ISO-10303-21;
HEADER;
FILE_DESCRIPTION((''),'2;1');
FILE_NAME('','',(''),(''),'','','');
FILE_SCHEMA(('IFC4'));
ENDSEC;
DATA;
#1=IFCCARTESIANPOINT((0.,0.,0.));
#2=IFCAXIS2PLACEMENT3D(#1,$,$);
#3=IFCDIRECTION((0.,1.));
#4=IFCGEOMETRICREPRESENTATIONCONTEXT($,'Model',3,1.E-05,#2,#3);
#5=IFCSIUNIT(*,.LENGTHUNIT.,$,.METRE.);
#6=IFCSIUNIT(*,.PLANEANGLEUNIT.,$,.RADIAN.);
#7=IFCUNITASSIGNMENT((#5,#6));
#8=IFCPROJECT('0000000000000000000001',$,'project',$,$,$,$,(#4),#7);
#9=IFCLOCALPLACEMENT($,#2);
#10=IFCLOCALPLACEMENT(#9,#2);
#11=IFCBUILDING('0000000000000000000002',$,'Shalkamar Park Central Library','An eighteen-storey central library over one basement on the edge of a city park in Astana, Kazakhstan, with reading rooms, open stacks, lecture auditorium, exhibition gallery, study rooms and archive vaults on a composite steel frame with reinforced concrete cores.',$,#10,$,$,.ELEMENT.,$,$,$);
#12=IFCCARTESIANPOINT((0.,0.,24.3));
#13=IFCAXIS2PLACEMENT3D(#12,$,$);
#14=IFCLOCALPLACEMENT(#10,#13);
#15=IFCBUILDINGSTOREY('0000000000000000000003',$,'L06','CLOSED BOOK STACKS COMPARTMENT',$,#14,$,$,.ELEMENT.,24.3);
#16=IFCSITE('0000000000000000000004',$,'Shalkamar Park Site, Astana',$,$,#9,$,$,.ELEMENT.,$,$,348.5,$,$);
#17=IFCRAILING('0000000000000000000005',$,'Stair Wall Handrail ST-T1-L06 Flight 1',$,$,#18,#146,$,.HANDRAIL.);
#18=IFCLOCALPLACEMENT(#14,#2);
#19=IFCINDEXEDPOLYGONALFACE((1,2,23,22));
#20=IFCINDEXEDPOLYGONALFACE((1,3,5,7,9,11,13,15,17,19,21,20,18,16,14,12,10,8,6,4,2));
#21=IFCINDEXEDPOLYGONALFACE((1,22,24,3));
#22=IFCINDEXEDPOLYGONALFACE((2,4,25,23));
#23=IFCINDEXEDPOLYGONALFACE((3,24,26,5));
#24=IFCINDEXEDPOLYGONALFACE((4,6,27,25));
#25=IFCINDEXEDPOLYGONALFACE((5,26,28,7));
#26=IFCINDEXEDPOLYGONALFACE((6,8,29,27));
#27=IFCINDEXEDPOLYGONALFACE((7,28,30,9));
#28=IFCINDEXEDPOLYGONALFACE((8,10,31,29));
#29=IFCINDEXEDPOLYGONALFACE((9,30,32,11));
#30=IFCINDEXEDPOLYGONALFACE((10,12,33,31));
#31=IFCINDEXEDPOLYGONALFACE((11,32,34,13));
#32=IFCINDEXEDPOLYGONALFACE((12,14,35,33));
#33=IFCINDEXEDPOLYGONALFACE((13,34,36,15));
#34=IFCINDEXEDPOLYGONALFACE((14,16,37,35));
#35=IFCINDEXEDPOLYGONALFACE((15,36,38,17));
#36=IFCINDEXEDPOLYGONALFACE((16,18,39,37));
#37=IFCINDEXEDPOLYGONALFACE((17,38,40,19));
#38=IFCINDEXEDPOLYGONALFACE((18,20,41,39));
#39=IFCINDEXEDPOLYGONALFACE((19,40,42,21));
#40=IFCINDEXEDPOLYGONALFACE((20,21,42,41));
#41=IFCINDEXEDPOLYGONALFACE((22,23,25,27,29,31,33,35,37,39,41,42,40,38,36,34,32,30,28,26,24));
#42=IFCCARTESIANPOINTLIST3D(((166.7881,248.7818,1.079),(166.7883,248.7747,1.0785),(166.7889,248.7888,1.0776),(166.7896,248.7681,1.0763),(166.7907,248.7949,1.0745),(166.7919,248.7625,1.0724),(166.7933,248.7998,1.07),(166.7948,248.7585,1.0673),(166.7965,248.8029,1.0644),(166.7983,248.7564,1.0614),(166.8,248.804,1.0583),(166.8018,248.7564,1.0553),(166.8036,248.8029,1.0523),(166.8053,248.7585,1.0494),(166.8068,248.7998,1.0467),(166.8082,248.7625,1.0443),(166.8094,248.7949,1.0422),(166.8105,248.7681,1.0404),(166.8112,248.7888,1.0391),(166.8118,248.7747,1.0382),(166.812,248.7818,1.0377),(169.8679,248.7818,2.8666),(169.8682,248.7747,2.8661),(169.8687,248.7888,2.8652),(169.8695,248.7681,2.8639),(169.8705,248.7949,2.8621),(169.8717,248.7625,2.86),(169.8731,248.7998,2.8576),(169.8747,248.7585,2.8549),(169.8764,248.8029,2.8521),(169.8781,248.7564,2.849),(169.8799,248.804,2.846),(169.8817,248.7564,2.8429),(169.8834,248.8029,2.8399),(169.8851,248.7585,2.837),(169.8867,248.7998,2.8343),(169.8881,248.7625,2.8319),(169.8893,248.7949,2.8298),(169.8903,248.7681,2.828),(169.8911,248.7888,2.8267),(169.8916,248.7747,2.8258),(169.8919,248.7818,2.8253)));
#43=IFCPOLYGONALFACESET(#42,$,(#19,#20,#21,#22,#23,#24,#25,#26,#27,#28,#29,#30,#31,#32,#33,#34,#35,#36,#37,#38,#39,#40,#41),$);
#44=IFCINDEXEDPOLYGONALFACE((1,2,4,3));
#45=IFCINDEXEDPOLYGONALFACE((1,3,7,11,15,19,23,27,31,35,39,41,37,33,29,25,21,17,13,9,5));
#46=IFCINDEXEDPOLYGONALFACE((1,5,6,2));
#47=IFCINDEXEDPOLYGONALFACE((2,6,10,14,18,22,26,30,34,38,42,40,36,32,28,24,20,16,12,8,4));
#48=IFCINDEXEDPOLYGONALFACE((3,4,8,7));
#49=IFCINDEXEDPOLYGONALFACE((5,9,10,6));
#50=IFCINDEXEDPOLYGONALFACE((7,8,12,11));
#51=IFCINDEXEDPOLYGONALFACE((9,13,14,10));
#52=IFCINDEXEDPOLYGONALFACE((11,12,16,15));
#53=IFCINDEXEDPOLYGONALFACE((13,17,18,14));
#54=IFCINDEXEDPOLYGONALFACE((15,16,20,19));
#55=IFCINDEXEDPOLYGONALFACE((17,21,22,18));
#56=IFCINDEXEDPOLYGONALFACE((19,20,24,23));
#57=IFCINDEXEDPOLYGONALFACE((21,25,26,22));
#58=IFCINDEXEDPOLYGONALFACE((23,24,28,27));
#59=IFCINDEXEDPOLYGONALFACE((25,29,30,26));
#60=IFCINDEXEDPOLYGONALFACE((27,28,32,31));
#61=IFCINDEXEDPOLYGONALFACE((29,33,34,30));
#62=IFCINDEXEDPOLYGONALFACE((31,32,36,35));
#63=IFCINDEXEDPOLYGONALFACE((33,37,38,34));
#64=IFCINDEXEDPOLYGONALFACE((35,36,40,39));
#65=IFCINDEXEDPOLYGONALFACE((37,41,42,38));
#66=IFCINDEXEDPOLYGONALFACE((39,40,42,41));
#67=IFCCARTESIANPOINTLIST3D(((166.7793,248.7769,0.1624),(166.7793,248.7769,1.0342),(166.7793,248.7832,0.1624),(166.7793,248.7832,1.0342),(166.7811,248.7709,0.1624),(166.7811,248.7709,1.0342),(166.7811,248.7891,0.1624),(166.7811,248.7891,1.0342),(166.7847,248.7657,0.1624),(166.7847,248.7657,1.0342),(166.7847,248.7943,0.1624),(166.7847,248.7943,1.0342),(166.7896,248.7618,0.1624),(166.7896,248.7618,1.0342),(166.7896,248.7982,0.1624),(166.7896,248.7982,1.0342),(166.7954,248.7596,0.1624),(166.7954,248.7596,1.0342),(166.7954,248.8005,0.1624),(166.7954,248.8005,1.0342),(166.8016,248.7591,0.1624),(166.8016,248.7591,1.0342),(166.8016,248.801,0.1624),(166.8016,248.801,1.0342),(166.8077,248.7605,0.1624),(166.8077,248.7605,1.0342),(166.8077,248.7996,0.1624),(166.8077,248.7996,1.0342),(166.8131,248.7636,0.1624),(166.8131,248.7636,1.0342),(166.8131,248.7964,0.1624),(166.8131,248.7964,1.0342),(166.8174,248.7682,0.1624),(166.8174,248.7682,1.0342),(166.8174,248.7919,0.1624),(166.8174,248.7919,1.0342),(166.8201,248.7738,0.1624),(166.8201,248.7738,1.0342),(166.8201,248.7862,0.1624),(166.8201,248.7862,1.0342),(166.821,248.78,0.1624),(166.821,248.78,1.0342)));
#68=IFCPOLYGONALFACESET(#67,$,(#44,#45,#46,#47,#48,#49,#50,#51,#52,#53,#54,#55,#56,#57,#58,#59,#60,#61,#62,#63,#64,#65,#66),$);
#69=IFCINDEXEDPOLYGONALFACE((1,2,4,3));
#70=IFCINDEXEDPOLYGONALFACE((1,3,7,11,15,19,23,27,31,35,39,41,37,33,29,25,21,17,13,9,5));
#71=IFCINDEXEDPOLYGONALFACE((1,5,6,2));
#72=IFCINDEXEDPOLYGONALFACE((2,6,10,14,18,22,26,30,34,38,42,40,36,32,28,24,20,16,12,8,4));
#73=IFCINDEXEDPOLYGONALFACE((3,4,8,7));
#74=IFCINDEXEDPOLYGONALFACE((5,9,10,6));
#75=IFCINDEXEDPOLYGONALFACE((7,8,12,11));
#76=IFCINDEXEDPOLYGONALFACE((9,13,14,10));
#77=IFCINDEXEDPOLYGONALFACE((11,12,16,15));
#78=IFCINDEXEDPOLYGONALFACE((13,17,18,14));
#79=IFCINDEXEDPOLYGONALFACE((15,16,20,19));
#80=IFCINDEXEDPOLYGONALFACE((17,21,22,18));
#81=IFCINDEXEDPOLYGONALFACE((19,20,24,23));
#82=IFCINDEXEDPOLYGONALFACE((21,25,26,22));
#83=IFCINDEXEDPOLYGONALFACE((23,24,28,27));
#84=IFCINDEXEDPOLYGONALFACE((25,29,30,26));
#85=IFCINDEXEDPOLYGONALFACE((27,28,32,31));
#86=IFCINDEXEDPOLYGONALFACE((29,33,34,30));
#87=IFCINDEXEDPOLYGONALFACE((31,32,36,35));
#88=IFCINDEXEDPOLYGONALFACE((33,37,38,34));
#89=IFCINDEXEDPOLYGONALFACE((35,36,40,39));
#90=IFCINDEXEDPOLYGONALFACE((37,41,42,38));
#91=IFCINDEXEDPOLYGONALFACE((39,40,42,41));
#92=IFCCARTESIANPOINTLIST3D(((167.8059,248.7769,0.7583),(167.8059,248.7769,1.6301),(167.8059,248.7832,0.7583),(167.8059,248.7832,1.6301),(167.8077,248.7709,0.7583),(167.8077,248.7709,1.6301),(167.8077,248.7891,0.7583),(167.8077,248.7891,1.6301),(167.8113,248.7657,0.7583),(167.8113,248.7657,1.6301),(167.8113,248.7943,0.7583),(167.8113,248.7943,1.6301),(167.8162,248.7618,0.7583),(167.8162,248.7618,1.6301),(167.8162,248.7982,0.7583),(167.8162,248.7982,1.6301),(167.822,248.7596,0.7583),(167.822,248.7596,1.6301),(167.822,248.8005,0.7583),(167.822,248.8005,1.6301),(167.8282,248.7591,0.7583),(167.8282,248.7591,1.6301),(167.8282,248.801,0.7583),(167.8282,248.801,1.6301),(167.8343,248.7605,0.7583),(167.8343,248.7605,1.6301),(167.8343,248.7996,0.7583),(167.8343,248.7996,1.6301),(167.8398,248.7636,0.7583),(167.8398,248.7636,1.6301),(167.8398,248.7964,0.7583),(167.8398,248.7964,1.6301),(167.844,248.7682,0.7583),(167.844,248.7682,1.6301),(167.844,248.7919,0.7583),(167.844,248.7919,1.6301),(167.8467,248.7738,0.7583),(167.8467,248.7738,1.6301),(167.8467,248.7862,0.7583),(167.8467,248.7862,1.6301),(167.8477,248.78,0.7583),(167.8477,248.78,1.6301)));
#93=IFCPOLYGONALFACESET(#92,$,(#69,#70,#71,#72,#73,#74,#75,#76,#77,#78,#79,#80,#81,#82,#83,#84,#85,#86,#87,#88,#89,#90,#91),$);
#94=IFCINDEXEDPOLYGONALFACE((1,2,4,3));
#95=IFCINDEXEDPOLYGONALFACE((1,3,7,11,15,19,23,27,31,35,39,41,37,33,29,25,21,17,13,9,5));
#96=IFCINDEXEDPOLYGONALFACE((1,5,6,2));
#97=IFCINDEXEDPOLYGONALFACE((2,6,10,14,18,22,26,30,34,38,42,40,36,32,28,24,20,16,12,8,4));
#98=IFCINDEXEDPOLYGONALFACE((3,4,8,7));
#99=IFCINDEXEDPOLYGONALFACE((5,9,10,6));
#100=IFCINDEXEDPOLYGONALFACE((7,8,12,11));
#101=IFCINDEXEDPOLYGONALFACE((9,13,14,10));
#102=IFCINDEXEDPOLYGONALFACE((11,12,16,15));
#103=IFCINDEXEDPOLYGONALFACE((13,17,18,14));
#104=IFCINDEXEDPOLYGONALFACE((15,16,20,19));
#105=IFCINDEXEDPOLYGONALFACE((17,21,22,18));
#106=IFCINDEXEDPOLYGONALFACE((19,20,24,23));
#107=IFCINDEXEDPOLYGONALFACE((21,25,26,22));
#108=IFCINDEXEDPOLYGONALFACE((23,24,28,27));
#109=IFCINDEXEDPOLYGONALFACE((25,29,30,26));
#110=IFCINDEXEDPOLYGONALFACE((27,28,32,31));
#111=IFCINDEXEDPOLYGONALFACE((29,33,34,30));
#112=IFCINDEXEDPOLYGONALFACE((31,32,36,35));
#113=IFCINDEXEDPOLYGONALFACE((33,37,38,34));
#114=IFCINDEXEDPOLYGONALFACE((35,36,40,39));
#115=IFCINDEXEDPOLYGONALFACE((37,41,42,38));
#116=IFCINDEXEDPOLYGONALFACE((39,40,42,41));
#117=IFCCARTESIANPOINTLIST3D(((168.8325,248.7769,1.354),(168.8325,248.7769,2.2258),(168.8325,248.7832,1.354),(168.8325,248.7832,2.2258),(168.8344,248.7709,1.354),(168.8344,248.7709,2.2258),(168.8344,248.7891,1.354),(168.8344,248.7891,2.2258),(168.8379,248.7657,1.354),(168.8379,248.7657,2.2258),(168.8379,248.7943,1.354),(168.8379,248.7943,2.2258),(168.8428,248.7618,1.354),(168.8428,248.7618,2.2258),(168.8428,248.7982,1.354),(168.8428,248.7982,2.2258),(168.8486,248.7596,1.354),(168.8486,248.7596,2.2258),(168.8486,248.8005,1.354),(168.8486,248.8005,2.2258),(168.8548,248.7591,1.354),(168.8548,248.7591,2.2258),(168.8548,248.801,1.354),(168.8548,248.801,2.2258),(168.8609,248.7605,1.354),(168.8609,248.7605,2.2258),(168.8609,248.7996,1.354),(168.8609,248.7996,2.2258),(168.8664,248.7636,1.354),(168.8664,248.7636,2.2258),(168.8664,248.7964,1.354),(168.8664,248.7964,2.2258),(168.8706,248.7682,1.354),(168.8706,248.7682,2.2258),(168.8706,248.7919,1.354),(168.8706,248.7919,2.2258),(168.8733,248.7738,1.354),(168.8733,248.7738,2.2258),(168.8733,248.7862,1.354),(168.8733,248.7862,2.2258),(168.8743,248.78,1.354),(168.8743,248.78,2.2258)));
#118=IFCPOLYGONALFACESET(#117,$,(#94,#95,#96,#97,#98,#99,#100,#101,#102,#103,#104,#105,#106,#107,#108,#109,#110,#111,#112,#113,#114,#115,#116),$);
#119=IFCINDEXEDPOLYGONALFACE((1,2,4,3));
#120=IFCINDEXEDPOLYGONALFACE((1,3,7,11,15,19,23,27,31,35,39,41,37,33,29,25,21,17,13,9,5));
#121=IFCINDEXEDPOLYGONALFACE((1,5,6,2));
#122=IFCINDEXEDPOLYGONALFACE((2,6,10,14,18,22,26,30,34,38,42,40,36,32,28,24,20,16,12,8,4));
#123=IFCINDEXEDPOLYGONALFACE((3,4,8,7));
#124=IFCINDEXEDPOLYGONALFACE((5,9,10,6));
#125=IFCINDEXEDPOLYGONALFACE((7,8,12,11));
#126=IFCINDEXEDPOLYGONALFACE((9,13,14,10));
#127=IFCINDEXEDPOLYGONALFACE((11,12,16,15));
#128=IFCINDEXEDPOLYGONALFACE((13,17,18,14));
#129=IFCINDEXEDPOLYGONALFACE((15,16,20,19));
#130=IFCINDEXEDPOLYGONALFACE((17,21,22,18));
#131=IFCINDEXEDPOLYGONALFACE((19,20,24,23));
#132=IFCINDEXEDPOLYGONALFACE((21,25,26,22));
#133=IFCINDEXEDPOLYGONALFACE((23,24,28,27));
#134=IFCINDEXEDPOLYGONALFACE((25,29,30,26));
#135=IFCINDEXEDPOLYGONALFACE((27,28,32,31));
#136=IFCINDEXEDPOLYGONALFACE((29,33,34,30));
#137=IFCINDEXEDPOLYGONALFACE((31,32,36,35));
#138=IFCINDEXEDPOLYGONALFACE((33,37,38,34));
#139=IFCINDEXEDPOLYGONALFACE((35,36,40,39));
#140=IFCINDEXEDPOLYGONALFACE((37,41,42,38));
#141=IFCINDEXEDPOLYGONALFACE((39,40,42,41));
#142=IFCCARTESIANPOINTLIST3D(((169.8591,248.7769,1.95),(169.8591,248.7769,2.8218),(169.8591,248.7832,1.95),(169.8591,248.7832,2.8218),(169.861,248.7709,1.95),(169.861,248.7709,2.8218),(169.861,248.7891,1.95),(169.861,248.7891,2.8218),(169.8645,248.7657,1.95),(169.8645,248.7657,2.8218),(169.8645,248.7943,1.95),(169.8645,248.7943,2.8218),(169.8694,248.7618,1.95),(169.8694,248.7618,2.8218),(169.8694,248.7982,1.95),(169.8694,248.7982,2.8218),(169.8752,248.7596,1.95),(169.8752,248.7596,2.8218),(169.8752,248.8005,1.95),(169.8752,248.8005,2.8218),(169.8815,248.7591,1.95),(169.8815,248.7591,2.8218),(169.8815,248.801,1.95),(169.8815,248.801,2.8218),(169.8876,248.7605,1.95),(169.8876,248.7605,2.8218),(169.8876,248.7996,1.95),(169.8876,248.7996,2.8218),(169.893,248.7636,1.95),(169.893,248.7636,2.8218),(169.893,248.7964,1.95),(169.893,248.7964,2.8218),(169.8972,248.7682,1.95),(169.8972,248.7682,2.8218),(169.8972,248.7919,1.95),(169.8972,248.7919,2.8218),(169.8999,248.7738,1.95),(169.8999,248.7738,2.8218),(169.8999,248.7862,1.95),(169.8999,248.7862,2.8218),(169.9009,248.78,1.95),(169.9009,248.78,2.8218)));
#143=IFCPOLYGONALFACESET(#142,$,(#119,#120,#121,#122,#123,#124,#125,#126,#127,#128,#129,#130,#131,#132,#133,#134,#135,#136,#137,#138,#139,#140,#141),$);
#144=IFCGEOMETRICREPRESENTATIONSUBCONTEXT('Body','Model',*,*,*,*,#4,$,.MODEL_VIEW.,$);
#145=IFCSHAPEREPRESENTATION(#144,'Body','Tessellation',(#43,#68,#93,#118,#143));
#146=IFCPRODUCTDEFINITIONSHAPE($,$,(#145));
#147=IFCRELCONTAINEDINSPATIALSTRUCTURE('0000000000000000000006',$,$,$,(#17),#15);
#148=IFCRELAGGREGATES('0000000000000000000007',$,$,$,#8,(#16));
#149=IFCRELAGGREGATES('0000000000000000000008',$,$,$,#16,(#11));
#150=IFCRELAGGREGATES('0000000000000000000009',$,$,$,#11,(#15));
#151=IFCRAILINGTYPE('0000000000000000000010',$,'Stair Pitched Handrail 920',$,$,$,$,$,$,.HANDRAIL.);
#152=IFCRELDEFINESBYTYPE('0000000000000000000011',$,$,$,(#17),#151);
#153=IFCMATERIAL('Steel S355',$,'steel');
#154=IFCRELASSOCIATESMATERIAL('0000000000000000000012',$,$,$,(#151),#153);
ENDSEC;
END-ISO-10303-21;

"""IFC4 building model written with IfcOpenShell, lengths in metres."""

from ifc_helpers import new_model, si_unit, direction, frame, origin, origin_2d, place, context, subcontext, project, spatial, circle, extrude, material, type_object, element, save


model = new_model("IFC4")

# Units and contexts
model_context = context("Model", 3, precision=1e-05, world=origin(), true_north=direction((0.0, 1.0)))
body_context = subcontext(model_context, "Body", "Model", "MODEL_VIEW")
ifc_project = project(units=[si_unit("LENGTHUNIT", "METRE"), si_unit("PLANEANGLEUNIT", "RADIAN")], contexts=[model_context])

# Site, building, storey
site_placement = place(None, origin())
site = spatial("IfcSite", under=ifc_project, at=site_placement, Name="Shalkamar Park Site, Astana", CompositionType="ELEMENT", RefElevation=348.5)
building_placement = place(site_placement, origin())
building = spatial("IfcBuilding", under=site, at=building_placement, Name="Shalkamar Park Central Library", Description="An eighteen-storey central library over one basement on the edge of a city park in Astana, Kazakhstan, with reading rooms, open stacks, lecture auditorium, exhibition gallery, study rooms and archive vaults on a composite steel frame with reinforced concrete cores.", CompositionType="ELEMENT")
storey_placement = place(building_placement, frame((0.0, 0.0, 24.3)))
storey = spatial("IfcBuildingStorey", under=building, at=storey_placement, Name="L06", Description="CLOSED BOOK STACKS COMPARTMENT", CompositionType="ELEMENT", Elevation=24.3)

# Shared definitions
ifc_material_1 = material(Name="Steel S355", Category="steel")

# Railing
railing_type_1 = type_object("IfcRailingType", Name="Stair Pitched Handrail 920", PredefinedType="HANDRAIL", material=ifc_material_1)
railing_1_placement = place(storey_placement, frame((166.8, 248.78, 0.1624)))
element("IfcRailing", 1, at=railing_1_placement, inside=storey, type_object=railing_type_1, Name="Stair Wall Handrail ST-T1-L06 Flight 1", PredefinedType="HANDRAIL", context=body_context, shape_type="SweptSolid", body=[
    extrude(circle(Radius=0.0239, at=origin_2d()), frame((0.0, 0.0, 0.896), z_axis=(0.864873, 0.0, 0.50199), x_axis=(0.0, 1.0, 0.0)), (0.0, 0.0, 1.0), 3.561),
    extrude(circle(Radius=0.021, at=origin_2d()), origin(), (0.0, 0.0, 1.0), 0.8718),
    extrude(circle(Radius=0.021, at=origin_2d()), frame((1.0266, 0.0, 0.5959)), (0.0, 0.0, 1.0), 0.8718),
    extrude(circle(Radius=0.021, at=origin_2d()), frame((2.0532, 0.0, 1.1917)), (0.0, 0.0, 1.0), 0.8718),
    extrude(circle(Radius=0.021, at=origin_2d()), frame((3.0798, 0.0, 1.7876)), (0.0, 0.0, 1.0), 0.8718),
])

save(model, "model.ifc")
